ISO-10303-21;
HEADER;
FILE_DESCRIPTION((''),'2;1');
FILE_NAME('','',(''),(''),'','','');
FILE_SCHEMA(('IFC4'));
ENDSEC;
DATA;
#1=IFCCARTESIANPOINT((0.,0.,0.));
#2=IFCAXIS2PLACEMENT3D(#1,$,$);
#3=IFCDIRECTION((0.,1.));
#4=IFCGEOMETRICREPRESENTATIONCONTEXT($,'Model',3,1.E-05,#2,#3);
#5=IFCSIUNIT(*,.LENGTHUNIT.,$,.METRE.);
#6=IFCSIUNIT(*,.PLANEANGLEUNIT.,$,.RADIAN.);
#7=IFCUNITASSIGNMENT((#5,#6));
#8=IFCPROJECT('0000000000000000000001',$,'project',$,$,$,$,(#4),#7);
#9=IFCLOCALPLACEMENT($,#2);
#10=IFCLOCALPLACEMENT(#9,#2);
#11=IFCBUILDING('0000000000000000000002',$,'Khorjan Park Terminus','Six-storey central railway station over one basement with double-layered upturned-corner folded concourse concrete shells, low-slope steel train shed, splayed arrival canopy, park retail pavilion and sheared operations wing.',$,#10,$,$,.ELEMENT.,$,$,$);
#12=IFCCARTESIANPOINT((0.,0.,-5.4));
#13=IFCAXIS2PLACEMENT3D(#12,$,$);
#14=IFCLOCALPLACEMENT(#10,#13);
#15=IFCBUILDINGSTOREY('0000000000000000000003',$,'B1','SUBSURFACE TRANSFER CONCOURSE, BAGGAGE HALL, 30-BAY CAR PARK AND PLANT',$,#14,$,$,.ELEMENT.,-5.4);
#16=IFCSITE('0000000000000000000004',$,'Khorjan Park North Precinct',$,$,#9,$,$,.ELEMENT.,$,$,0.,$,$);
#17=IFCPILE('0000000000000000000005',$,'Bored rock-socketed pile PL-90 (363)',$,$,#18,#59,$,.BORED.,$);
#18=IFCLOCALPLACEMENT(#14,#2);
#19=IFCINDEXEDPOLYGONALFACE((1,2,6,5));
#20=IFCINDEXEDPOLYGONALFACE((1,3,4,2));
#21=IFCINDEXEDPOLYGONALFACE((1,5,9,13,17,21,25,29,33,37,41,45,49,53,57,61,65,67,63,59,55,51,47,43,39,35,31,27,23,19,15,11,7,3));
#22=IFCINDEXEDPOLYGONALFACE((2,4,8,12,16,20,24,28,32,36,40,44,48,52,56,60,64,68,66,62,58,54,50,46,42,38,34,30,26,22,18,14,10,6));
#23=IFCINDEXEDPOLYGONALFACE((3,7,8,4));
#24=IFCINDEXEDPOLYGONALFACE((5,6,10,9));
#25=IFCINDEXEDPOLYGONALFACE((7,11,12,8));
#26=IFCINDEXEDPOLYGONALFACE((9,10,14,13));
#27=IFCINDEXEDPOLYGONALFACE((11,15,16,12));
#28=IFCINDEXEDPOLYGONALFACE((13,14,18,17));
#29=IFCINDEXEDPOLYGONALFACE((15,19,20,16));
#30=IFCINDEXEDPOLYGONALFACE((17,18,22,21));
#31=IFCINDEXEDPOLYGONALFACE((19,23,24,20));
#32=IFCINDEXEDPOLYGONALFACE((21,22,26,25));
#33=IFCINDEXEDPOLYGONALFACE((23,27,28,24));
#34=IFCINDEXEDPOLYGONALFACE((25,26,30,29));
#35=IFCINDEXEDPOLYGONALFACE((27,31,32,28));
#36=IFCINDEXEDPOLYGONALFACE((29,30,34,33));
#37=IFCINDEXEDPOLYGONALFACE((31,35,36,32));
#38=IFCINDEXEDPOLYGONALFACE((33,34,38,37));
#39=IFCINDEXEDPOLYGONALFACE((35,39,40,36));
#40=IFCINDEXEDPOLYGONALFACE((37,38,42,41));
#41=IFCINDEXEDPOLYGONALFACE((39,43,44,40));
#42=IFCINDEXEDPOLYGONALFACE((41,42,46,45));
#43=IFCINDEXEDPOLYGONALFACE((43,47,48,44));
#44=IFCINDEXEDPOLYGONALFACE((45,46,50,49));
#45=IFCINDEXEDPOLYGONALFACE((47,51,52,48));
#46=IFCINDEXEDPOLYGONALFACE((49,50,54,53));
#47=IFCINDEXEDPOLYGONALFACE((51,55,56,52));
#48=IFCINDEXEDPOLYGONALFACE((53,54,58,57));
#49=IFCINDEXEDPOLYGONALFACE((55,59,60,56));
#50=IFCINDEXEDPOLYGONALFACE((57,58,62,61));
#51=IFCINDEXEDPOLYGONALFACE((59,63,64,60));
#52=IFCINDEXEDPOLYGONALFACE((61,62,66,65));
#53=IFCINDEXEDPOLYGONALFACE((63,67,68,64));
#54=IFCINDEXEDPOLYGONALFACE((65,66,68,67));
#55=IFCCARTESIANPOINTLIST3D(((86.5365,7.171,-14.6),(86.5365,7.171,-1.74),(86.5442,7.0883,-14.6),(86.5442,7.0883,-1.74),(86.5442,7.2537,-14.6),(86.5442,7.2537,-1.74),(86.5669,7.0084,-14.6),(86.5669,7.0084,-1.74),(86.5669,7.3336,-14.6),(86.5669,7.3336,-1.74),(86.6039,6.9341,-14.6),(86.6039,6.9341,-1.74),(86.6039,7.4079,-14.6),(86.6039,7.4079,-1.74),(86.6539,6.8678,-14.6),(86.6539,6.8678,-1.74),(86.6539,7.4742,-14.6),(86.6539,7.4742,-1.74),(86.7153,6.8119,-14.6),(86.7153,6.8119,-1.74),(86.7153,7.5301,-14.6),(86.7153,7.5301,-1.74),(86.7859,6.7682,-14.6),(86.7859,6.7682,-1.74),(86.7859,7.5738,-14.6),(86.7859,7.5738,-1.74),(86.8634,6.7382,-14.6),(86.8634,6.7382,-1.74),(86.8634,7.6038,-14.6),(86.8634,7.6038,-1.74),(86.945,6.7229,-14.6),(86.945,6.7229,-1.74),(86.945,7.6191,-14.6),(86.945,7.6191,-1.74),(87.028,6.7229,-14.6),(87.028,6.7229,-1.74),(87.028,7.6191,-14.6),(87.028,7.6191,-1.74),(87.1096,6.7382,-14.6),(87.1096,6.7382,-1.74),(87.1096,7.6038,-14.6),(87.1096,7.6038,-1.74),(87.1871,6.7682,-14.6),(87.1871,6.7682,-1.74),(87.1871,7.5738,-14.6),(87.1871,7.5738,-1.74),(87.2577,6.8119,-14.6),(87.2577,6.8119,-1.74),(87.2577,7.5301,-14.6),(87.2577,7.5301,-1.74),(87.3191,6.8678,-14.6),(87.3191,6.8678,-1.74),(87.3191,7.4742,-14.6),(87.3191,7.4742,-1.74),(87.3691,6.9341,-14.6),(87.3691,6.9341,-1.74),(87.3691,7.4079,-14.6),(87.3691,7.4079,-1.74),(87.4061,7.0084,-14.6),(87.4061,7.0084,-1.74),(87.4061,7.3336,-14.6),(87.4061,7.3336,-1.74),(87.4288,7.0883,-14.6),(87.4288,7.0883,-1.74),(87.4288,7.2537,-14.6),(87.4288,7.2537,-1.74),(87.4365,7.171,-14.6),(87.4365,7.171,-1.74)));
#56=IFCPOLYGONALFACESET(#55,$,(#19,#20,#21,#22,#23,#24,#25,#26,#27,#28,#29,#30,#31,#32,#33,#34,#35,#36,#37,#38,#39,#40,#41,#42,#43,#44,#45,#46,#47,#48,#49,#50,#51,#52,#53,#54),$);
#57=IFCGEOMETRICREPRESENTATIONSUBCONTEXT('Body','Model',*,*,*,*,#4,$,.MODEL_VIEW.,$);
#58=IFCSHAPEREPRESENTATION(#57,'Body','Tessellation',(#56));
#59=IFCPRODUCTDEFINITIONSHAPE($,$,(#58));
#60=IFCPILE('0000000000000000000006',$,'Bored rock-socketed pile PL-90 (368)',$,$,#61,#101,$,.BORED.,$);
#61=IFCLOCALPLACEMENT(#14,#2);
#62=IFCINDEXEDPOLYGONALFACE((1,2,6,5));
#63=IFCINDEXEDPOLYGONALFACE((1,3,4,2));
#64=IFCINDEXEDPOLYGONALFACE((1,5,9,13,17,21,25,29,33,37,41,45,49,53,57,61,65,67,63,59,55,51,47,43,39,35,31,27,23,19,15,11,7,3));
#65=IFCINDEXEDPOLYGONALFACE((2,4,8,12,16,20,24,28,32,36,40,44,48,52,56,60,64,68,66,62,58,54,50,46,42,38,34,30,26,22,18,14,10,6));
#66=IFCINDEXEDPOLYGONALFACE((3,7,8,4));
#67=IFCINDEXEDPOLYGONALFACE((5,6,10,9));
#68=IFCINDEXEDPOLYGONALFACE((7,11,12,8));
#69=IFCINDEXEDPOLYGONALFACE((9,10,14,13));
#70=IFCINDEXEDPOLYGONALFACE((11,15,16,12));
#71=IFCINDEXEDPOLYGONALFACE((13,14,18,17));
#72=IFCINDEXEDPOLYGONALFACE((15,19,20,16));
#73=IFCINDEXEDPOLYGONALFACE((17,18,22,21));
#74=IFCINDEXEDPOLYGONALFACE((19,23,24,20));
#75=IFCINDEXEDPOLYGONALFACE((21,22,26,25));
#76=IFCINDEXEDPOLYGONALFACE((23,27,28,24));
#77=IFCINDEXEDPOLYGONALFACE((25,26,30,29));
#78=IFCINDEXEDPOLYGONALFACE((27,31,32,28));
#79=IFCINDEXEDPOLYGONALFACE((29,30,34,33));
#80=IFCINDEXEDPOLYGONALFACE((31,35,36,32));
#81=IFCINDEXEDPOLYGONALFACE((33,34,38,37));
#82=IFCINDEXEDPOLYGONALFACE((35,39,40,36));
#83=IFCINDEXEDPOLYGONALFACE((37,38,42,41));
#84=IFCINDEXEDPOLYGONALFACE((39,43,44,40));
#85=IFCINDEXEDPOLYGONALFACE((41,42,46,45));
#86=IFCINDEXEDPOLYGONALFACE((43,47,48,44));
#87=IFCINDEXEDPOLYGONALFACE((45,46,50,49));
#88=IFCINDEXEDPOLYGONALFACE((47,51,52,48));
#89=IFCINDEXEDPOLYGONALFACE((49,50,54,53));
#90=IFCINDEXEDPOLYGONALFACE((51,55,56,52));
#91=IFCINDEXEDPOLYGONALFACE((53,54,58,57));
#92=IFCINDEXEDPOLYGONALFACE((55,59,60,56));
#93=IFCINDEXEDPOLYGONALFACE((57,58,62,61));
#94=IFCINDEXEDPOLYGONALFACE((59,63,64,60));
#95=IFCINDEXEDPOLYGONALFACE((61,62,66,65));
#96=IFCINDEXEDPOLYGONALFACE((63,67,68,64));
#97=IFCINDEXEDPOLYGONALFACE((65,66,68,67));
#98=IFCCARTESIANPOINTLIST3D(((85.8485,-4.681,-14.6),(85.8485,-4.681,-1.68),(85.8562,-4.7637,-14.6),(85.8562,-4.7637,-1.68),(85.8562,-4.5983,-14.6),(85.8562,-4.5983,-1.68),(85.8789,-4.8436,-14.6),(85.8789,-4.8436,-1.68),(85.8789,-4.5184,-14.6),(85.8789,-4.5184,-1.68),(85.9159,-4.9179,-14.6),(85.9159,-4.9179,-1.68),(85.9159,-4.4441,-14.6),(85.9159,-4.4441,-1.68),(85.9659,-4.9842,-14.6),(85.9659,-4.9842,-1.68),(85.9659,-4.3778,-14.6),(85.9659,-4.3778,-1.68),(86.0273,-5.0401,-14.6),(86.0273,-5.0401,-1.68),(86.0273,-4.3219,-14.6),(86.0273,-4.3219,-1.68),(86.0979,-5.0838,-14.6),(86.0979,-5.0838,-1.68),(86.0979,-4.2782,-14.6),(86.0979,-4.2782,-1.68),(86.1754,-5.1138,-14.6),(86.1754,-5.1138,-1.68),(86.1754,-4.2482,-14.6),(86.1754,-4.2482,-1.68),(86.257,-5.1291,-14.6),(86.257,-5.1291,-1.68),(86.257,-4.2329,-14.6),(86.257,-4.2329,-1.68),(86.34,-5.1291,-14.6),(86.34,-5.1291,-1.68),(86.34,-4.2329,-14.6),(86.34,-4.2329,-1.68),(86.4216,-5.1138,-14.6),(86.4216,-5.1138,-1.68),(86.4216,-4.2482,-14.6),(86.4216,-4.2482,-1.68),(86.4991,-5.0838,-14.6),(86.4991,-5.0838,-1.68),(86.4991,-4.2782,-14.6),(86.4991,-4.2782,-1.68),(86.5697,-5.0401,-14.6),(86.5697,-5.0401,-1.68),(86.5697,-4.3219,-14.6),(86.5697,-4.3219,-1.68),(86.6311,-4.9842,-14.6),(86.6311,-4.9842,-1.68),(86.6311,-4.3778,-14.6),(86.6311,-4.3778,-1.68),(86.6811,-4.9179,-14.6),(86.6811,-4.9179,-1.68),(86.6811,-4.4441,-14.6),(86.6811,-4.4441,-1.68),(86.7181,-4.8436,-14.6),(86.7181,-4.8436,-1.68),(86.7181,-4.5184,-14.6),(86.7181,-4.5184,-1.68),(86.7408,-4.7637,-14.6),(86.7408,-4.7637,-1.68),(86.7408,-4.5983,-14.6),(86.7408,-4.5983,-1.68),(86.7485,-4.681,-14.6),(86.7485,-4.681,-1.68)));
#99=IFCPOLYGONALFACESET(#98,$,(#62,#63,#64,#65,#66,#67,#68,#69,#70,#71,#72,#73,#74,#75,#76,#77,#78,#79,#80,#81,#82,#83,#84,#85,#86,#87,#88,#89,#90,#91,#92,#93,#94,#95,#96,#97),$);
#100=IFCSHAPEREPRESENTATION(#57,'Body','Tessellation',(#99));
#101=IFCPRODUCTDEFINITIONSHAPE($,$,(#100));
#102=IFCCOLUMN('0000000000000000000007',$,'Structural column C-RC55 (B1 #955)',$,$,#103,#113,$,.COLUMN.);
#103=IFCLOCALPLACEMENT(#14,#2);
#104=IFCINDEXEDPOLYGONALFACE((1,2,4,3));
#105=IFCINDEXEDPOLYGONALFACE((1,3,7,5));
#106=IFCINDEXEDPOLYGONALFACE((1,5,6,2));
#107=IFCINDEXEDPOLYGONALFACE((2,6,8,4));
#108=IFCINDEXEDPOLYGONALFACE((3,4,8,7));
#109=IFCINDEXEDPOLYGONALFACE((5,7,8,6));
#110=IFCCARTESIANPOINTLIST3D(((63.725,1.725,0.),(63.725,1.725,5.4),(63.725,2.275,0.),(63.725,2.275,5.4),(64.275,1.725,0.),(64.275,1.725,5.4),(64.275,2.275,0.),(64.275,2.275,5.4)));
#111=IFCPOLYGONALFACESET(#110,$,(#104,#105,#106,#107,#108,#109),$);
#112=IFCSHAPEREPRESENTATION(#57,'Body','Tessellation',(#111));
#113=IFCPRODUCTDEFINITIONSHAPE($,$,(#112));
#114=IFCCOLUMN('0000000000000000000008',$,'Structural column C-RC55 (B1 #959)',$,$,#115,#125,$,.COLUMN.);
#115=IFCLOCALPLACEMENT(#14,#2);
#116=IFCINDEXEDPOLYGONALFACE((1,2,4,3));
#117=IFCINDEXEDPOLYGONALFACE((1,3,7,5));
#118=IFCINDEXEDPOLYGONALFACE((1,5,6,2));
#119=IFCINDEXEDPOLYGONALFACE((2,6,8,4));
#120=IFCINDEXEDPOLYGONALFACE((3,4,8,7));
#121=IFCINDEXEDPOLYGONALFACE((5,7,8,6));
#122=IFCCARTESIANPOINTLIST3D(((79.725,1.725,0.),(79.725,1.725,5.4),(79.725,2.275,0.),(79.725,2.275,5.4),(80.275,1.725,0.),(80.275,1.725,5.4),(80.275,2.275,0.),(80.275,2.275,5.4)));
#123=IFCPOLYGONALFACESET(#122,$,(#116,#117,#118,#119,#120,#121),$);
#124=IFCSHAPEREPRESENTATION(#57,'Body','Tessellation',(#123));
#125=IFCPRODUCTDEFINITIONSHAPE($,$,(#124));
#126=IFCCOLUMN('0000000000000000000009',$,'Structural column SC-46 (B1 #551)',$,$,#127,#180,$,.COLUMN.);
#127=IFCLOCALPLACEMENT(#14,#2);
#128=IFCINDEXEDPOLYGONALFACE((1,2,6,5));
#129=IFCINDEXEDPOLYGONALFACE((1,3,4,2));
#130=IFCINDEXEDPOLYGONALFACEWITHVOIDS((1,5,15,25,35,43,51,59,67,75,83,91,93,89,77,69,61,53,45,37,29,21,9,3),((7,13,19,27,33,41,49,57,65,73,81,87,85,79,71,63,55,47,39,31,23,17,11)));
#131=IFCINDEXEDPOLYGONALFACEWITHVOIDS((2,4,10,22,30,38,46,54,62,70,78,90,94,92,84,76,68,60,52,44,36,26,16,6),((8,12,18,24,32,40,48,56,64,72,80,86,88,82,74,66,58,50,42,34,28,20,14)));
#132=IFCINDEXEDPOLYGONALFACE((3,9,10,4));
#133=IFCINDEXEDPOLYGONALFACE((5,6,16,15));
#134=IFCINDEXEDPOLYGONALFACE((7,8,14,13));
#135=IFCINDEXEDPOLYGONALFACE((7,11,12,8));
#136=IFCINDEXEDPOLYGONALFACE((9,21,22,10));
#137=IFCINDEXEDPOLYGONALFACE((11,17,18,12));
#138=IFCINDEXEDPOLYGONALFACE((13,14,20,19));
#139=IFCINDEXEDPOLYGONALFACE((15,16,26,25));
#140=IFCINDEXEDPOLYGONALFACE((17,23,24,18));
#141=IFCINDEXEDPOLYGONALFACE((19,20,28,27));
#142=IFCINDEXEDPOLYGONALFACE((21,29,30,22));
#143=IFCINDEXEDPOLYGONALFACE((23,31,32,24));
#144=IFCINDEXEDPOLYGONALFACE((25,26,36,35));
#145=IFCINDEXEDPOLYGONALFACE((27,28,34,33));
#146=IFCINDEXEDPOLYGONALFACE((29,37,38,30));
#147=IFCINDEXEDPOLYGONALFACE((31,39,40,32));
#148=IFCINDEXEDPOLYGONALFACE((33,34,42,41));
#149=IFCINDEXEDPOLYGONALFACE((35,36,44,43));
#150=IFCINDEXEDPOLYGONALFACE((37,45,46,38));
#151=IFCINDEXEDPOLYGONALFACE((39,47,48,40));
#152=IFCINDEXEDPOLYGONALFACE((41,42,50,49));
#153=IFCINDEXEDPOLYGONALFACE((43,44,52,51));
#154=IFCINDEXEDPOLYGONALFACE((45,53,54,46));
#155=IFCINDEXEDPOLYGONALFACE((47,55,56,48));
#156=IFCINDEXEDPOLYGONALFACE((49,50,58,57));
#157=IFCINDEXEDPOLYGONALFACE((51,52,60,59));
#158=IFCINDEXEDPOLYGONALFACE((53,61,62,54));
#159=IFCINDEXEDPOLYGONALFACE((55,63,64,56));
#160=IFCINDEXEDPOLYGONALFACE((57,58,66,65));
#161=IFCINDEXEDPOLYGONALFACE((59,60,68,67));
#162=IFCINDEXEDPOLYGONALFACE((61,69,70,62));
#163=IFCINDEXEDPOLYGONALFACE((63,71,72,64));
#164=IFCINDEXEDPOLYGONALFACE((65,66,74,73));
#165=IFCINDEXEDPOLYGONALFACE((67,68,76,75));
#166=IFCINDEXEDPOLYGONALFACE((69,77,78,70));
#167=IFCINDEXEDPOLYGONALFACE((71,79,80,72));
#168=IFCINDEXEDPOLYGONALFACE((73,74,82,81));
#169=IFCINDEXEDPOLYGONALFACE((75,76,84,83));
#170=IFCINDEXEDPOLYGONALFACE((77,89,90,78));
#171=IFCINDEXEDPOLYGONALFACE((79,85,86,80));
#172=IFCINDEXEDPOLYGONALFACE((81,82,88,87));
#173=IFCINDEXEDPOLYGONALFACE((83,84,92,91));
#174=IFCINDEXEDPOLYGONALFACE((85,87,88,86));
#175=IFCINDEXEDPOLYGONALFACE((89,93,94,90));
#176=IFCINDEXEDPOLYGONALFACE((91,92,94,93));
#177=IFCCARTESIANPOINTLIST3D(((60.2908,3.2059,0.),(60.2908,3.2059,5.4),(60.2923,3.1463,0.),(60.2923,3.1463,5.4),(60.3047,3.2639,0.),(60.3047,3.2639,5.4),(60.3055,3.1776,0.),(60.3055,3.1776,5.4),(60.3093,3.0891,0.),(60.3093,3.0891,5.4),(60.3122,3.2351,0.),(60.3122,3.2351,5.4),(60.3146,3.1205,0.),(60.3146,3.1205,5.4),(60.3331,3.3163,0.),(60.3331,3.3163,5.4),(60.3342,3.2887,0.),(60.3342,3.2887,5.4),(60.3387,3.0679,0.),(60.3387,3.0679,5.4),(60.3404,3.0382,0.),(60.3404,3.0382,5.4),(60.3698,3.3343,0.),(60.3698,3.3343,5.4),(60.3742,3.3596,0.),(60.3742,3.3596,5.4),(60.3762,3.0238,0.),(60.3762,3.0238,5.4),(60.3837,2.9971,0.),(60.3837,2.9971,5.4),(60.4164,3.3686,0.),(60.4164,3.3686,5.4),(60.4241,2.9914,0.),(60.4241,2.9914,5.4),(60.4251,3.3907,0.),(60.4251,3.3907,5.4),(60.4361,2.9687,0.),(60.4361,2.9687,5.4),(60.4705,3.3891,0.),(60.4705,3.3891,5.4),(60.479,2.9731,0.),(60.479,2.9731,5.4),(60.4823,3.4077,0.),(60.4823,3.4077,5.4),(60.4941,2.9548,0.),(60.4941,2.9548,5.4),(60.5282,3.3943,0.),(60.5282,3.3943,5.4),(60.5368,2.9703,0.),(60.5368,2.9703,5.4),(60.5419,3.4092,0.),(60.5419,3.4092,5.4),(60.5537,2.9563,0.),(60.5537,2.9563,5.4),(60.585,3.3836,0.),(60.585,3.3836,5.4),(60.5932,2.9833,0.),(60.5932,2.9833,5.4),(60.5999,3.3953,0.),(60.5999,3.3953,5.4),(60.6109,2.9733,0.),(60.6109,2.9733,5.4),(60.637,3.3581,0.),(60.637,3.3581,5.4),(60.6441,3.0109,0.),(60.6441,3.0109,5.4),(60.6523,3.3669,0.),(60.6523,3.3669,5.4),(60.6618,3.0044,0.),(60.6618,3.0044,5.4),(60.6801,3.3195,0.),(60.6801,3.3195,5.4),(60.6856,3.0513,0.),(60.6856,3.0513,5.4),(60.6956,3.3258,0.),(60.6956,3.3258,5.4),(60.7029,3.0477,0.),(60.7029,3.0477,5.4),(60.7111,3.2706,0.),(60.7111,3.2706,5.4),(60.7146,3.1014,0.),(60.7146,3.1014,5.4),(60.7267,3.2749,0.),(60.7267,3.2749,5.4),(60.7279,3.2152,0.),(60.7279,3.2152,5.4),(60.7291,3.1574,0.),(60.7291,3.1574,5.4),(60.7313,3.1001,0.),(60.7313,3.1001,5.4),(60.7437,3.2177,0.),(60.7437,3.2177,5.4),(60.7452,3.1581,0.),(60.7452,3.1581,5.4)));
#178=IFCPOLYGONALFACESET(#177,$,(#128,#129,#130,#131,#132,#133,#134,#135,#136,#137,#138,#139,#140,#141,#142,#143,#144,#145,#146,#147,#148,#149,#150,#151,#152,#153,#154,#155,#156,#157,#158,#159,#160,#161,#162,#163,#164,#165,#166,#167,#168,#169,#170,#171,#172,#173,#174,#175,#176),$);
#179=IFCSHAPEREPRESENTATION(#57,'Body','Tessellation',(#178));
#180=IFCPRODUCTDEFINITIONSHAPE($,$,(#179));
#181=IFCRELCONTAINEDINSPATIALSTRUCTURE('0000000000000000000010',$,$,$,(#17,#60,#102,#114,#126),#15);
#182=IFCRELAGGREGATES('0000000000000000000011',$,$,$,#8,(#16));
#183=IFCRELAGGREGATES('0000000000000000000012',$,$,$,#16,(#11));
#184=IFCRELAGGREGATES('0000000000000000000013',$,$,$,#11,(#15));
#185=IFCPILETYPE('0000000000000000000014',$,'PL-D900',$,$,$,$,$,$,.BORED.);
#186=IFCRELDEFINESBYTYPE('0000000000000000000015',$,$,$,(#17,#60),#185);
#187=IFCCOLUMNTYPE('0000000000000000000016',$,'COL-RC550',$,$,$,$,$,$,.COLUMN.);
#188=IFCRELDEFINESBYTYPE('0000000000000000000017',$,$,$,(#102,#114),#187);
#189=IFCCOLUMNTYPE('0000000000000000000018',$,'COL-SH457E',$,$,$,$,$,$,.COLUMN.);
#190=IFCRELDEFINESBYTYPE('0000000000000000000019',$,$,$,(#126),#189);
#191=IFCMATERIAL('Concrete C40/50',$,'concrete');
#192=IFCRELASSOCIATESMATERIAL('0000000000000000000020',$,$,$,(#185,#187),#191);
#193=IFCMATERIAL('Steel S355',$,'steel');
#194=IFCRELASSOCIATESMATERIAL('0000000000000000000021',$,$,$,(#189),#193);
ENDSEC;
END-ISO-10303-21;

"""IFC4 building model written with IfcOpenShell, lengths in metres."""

from ifc_helpers import new_model, si_unit, direction, frame, origin, origin_2d, place, context, subcontext, project, spatial, rectangle, circle, hollow_circle, extrude, material, material_profile, profile_set, type_object, element, save


model = new_model("IFC4")

# Units and contexts
model_context = context("Model", 3, precision=1e-05, world=origin(), true_north=direction((0.0, 1.0)))
body_context = subcontext(model_context, "Body", "Model", "MODEL_VIEW")
ifc_project = project(units=[si_unit("LENGTHUNIT", "METRE"), si_unit("PLANEANGLEUNIT", "RADIAN")], contexts=[model_context])

# Site, building, storey
site_placement = place(None, origin())
site = spatial("IfcSite", under=ifc_project, at=site_placement, Name="Khorjan Park North Precinct", CompositionType="ELEMENT", RefElevation=0.0)
building_placement = place(site_placement, origin())
building = spatial("IfcBuilding", under=site, at=building_placement, Name="Khorjan Park Terminus", Description="Six-storey central railway station over one basement with double-layered upturned-corner folded concourse concrete shells, low-slope steel train shed, splayed arrival canopy, park retail pavilion and sheared operations wing.", CompositionType="ELEMENT")
storey_placement = place(building_placement, frame((0.0, 0.0, -5.4)))
storey = spatial("IfcBuildingStorey", under=building, at=storey_placement, Name="B1", Description="SUBSURFACE TRANSFER CONCOURSE, BAGGAGE HALL, 30-BAY CAR PARK AND PLANT", CompositionType="ELEMENT", Elevation=-5.4)

# Shared definitions
ifc_material_1 = material(Name="Concrete C40/50", Category="concrete")

# Piles
ifc_material_profile_1 = material_profile(ifc_material_1, circle(Radius=0.45, at=origin_2d()), Name="BORED D900")
ifc_profile_set_1 = profile_set([ifc_material_profile_1], Name="Concrete C40/50")
pile_type_1 = type_object("IfcPileType", Name="PL-D900", PredefinedType="BORED", material=ifc_profile_set_1)
for number, where, z_axis, x_axis, name in (
    (1, (86.9865, 7.171, -1.74), (0.0, 0.0, -1.0), (1.0, 0.0, 0.0), "Bored rock-socketed pile PL-90 (363)"),
):
    element("IfcPile", number, at=place(storey_placement, frame(where, z_axis=z_axis, x_axis=x_axis)), inside=storey, type_object=pile_type_1, Name=name, PredefinedType="BORED", context=body_context, shape_type="SweptSolid", body=[
        extrude(circle(Radius=0.45, at=origin_2d()), origin(), (0.0, 0.0, 1.0), 12.86),
    ])
pile_1_placement = place(storey_placement, frame((86.2985, -4.681, -1.68), z_axis=(0.0, 0.0, -1.0), x_axis=(1.0, 0.0, 0.0)))
element("IfcPile", 2, at=pile_1_placement, inside=storey, type_object=pile_type_1, Name="Bored rock-socketed pile PL-90 (368)", PredefinedType="BORED", context=body_context, shape_type="SweptSolid", body=[
    extrude(circle(Radius=0.45, at=origin_2d()), origin(), (0.0, 0.0, 1.0), 12.92),
])

# Columns
ifc_material_profile_2 = material_profile(ifc_material_1, rectangle(XDim=0.55, YDim=0.55, at=origin_2d()), Name="RC 550x550")
ifc_profile_set_2 = profile_set([ifc_material_profile_2], Name="Concrete C40/50")
column_type_1 = type_object("IfcColumnType", Name="COL-RC550", PredefinedType="COLUMN", material=ifc_profile_set_2)
for number, where, z_axis, x_axis, name in (
    (3, (64.0, 2.0, 0.0), (0.0, 0.0, 1.0), (1.0, 0.0, 0.0), "Structural column C-RC55 (B1 #955)"),
    (4, (80.0, 2.0, 0.0), (0.0, 0.0, 1.0), (1.0, 0.0, 0.0), "Structural column C-RC55 (B1 #959)"),
):
    element("IfcColumn", number, at=place(storey_placement, frame(where, z_axis=z_axis, x_axis=x_axis)), inside=storey, type_object=column_type_1, Name=name, PredefinedType="COLUMN", context=body_context, shape_type="SweptSolid", body=[
        extrude(rectangle(XDim=0.55, YDim=0.55, at=origin_2d()), origin(), (0.0, 0.0, 1.0), 5.4),
    ])
ifc_material_2 = material(Name="Steel S355", Category="steel")
ifc_material_profile_3 = material_profile(ifc_material_2, hollow_circle(Radius=0.2285, WallThickness=0.016, at=origin_2d()), Name="CHS 457x16")
ifc_profile_set_3 = profile_set([ifc_material_profile_3], Name="Steel S355")
column_type_2 = type_object("IfcColumnType", Name="COL-SH457E", PredefinedType="COLUMN", material=ifc_profile_set_3)
for number, where, z_axis, x_axis, name in (
    (5, (60.518, 3.182, 0.0), (0.0, 0.0, 1.0), (0.987688, 0.156434, 0.0), "Structural column SC-46 (B1 #551)"),
):
    element("IfcColumn", number, at=place(storey_placement, frame(where, z_axis=z_axis, x_axis=x_axis)), inside=storey, type_object=column_type_2, Name=name, PredefinedType="COLUMN", context=body_context, shape_type="SweptSolid", body=[
        extrude(hollow_circle(Radius=0.2285, WallThickness=0.016, at=origin_2d()), origin(), (0.0, 0.0, 1.0), 5.4),
    ])

save(model, "model.ifc")
